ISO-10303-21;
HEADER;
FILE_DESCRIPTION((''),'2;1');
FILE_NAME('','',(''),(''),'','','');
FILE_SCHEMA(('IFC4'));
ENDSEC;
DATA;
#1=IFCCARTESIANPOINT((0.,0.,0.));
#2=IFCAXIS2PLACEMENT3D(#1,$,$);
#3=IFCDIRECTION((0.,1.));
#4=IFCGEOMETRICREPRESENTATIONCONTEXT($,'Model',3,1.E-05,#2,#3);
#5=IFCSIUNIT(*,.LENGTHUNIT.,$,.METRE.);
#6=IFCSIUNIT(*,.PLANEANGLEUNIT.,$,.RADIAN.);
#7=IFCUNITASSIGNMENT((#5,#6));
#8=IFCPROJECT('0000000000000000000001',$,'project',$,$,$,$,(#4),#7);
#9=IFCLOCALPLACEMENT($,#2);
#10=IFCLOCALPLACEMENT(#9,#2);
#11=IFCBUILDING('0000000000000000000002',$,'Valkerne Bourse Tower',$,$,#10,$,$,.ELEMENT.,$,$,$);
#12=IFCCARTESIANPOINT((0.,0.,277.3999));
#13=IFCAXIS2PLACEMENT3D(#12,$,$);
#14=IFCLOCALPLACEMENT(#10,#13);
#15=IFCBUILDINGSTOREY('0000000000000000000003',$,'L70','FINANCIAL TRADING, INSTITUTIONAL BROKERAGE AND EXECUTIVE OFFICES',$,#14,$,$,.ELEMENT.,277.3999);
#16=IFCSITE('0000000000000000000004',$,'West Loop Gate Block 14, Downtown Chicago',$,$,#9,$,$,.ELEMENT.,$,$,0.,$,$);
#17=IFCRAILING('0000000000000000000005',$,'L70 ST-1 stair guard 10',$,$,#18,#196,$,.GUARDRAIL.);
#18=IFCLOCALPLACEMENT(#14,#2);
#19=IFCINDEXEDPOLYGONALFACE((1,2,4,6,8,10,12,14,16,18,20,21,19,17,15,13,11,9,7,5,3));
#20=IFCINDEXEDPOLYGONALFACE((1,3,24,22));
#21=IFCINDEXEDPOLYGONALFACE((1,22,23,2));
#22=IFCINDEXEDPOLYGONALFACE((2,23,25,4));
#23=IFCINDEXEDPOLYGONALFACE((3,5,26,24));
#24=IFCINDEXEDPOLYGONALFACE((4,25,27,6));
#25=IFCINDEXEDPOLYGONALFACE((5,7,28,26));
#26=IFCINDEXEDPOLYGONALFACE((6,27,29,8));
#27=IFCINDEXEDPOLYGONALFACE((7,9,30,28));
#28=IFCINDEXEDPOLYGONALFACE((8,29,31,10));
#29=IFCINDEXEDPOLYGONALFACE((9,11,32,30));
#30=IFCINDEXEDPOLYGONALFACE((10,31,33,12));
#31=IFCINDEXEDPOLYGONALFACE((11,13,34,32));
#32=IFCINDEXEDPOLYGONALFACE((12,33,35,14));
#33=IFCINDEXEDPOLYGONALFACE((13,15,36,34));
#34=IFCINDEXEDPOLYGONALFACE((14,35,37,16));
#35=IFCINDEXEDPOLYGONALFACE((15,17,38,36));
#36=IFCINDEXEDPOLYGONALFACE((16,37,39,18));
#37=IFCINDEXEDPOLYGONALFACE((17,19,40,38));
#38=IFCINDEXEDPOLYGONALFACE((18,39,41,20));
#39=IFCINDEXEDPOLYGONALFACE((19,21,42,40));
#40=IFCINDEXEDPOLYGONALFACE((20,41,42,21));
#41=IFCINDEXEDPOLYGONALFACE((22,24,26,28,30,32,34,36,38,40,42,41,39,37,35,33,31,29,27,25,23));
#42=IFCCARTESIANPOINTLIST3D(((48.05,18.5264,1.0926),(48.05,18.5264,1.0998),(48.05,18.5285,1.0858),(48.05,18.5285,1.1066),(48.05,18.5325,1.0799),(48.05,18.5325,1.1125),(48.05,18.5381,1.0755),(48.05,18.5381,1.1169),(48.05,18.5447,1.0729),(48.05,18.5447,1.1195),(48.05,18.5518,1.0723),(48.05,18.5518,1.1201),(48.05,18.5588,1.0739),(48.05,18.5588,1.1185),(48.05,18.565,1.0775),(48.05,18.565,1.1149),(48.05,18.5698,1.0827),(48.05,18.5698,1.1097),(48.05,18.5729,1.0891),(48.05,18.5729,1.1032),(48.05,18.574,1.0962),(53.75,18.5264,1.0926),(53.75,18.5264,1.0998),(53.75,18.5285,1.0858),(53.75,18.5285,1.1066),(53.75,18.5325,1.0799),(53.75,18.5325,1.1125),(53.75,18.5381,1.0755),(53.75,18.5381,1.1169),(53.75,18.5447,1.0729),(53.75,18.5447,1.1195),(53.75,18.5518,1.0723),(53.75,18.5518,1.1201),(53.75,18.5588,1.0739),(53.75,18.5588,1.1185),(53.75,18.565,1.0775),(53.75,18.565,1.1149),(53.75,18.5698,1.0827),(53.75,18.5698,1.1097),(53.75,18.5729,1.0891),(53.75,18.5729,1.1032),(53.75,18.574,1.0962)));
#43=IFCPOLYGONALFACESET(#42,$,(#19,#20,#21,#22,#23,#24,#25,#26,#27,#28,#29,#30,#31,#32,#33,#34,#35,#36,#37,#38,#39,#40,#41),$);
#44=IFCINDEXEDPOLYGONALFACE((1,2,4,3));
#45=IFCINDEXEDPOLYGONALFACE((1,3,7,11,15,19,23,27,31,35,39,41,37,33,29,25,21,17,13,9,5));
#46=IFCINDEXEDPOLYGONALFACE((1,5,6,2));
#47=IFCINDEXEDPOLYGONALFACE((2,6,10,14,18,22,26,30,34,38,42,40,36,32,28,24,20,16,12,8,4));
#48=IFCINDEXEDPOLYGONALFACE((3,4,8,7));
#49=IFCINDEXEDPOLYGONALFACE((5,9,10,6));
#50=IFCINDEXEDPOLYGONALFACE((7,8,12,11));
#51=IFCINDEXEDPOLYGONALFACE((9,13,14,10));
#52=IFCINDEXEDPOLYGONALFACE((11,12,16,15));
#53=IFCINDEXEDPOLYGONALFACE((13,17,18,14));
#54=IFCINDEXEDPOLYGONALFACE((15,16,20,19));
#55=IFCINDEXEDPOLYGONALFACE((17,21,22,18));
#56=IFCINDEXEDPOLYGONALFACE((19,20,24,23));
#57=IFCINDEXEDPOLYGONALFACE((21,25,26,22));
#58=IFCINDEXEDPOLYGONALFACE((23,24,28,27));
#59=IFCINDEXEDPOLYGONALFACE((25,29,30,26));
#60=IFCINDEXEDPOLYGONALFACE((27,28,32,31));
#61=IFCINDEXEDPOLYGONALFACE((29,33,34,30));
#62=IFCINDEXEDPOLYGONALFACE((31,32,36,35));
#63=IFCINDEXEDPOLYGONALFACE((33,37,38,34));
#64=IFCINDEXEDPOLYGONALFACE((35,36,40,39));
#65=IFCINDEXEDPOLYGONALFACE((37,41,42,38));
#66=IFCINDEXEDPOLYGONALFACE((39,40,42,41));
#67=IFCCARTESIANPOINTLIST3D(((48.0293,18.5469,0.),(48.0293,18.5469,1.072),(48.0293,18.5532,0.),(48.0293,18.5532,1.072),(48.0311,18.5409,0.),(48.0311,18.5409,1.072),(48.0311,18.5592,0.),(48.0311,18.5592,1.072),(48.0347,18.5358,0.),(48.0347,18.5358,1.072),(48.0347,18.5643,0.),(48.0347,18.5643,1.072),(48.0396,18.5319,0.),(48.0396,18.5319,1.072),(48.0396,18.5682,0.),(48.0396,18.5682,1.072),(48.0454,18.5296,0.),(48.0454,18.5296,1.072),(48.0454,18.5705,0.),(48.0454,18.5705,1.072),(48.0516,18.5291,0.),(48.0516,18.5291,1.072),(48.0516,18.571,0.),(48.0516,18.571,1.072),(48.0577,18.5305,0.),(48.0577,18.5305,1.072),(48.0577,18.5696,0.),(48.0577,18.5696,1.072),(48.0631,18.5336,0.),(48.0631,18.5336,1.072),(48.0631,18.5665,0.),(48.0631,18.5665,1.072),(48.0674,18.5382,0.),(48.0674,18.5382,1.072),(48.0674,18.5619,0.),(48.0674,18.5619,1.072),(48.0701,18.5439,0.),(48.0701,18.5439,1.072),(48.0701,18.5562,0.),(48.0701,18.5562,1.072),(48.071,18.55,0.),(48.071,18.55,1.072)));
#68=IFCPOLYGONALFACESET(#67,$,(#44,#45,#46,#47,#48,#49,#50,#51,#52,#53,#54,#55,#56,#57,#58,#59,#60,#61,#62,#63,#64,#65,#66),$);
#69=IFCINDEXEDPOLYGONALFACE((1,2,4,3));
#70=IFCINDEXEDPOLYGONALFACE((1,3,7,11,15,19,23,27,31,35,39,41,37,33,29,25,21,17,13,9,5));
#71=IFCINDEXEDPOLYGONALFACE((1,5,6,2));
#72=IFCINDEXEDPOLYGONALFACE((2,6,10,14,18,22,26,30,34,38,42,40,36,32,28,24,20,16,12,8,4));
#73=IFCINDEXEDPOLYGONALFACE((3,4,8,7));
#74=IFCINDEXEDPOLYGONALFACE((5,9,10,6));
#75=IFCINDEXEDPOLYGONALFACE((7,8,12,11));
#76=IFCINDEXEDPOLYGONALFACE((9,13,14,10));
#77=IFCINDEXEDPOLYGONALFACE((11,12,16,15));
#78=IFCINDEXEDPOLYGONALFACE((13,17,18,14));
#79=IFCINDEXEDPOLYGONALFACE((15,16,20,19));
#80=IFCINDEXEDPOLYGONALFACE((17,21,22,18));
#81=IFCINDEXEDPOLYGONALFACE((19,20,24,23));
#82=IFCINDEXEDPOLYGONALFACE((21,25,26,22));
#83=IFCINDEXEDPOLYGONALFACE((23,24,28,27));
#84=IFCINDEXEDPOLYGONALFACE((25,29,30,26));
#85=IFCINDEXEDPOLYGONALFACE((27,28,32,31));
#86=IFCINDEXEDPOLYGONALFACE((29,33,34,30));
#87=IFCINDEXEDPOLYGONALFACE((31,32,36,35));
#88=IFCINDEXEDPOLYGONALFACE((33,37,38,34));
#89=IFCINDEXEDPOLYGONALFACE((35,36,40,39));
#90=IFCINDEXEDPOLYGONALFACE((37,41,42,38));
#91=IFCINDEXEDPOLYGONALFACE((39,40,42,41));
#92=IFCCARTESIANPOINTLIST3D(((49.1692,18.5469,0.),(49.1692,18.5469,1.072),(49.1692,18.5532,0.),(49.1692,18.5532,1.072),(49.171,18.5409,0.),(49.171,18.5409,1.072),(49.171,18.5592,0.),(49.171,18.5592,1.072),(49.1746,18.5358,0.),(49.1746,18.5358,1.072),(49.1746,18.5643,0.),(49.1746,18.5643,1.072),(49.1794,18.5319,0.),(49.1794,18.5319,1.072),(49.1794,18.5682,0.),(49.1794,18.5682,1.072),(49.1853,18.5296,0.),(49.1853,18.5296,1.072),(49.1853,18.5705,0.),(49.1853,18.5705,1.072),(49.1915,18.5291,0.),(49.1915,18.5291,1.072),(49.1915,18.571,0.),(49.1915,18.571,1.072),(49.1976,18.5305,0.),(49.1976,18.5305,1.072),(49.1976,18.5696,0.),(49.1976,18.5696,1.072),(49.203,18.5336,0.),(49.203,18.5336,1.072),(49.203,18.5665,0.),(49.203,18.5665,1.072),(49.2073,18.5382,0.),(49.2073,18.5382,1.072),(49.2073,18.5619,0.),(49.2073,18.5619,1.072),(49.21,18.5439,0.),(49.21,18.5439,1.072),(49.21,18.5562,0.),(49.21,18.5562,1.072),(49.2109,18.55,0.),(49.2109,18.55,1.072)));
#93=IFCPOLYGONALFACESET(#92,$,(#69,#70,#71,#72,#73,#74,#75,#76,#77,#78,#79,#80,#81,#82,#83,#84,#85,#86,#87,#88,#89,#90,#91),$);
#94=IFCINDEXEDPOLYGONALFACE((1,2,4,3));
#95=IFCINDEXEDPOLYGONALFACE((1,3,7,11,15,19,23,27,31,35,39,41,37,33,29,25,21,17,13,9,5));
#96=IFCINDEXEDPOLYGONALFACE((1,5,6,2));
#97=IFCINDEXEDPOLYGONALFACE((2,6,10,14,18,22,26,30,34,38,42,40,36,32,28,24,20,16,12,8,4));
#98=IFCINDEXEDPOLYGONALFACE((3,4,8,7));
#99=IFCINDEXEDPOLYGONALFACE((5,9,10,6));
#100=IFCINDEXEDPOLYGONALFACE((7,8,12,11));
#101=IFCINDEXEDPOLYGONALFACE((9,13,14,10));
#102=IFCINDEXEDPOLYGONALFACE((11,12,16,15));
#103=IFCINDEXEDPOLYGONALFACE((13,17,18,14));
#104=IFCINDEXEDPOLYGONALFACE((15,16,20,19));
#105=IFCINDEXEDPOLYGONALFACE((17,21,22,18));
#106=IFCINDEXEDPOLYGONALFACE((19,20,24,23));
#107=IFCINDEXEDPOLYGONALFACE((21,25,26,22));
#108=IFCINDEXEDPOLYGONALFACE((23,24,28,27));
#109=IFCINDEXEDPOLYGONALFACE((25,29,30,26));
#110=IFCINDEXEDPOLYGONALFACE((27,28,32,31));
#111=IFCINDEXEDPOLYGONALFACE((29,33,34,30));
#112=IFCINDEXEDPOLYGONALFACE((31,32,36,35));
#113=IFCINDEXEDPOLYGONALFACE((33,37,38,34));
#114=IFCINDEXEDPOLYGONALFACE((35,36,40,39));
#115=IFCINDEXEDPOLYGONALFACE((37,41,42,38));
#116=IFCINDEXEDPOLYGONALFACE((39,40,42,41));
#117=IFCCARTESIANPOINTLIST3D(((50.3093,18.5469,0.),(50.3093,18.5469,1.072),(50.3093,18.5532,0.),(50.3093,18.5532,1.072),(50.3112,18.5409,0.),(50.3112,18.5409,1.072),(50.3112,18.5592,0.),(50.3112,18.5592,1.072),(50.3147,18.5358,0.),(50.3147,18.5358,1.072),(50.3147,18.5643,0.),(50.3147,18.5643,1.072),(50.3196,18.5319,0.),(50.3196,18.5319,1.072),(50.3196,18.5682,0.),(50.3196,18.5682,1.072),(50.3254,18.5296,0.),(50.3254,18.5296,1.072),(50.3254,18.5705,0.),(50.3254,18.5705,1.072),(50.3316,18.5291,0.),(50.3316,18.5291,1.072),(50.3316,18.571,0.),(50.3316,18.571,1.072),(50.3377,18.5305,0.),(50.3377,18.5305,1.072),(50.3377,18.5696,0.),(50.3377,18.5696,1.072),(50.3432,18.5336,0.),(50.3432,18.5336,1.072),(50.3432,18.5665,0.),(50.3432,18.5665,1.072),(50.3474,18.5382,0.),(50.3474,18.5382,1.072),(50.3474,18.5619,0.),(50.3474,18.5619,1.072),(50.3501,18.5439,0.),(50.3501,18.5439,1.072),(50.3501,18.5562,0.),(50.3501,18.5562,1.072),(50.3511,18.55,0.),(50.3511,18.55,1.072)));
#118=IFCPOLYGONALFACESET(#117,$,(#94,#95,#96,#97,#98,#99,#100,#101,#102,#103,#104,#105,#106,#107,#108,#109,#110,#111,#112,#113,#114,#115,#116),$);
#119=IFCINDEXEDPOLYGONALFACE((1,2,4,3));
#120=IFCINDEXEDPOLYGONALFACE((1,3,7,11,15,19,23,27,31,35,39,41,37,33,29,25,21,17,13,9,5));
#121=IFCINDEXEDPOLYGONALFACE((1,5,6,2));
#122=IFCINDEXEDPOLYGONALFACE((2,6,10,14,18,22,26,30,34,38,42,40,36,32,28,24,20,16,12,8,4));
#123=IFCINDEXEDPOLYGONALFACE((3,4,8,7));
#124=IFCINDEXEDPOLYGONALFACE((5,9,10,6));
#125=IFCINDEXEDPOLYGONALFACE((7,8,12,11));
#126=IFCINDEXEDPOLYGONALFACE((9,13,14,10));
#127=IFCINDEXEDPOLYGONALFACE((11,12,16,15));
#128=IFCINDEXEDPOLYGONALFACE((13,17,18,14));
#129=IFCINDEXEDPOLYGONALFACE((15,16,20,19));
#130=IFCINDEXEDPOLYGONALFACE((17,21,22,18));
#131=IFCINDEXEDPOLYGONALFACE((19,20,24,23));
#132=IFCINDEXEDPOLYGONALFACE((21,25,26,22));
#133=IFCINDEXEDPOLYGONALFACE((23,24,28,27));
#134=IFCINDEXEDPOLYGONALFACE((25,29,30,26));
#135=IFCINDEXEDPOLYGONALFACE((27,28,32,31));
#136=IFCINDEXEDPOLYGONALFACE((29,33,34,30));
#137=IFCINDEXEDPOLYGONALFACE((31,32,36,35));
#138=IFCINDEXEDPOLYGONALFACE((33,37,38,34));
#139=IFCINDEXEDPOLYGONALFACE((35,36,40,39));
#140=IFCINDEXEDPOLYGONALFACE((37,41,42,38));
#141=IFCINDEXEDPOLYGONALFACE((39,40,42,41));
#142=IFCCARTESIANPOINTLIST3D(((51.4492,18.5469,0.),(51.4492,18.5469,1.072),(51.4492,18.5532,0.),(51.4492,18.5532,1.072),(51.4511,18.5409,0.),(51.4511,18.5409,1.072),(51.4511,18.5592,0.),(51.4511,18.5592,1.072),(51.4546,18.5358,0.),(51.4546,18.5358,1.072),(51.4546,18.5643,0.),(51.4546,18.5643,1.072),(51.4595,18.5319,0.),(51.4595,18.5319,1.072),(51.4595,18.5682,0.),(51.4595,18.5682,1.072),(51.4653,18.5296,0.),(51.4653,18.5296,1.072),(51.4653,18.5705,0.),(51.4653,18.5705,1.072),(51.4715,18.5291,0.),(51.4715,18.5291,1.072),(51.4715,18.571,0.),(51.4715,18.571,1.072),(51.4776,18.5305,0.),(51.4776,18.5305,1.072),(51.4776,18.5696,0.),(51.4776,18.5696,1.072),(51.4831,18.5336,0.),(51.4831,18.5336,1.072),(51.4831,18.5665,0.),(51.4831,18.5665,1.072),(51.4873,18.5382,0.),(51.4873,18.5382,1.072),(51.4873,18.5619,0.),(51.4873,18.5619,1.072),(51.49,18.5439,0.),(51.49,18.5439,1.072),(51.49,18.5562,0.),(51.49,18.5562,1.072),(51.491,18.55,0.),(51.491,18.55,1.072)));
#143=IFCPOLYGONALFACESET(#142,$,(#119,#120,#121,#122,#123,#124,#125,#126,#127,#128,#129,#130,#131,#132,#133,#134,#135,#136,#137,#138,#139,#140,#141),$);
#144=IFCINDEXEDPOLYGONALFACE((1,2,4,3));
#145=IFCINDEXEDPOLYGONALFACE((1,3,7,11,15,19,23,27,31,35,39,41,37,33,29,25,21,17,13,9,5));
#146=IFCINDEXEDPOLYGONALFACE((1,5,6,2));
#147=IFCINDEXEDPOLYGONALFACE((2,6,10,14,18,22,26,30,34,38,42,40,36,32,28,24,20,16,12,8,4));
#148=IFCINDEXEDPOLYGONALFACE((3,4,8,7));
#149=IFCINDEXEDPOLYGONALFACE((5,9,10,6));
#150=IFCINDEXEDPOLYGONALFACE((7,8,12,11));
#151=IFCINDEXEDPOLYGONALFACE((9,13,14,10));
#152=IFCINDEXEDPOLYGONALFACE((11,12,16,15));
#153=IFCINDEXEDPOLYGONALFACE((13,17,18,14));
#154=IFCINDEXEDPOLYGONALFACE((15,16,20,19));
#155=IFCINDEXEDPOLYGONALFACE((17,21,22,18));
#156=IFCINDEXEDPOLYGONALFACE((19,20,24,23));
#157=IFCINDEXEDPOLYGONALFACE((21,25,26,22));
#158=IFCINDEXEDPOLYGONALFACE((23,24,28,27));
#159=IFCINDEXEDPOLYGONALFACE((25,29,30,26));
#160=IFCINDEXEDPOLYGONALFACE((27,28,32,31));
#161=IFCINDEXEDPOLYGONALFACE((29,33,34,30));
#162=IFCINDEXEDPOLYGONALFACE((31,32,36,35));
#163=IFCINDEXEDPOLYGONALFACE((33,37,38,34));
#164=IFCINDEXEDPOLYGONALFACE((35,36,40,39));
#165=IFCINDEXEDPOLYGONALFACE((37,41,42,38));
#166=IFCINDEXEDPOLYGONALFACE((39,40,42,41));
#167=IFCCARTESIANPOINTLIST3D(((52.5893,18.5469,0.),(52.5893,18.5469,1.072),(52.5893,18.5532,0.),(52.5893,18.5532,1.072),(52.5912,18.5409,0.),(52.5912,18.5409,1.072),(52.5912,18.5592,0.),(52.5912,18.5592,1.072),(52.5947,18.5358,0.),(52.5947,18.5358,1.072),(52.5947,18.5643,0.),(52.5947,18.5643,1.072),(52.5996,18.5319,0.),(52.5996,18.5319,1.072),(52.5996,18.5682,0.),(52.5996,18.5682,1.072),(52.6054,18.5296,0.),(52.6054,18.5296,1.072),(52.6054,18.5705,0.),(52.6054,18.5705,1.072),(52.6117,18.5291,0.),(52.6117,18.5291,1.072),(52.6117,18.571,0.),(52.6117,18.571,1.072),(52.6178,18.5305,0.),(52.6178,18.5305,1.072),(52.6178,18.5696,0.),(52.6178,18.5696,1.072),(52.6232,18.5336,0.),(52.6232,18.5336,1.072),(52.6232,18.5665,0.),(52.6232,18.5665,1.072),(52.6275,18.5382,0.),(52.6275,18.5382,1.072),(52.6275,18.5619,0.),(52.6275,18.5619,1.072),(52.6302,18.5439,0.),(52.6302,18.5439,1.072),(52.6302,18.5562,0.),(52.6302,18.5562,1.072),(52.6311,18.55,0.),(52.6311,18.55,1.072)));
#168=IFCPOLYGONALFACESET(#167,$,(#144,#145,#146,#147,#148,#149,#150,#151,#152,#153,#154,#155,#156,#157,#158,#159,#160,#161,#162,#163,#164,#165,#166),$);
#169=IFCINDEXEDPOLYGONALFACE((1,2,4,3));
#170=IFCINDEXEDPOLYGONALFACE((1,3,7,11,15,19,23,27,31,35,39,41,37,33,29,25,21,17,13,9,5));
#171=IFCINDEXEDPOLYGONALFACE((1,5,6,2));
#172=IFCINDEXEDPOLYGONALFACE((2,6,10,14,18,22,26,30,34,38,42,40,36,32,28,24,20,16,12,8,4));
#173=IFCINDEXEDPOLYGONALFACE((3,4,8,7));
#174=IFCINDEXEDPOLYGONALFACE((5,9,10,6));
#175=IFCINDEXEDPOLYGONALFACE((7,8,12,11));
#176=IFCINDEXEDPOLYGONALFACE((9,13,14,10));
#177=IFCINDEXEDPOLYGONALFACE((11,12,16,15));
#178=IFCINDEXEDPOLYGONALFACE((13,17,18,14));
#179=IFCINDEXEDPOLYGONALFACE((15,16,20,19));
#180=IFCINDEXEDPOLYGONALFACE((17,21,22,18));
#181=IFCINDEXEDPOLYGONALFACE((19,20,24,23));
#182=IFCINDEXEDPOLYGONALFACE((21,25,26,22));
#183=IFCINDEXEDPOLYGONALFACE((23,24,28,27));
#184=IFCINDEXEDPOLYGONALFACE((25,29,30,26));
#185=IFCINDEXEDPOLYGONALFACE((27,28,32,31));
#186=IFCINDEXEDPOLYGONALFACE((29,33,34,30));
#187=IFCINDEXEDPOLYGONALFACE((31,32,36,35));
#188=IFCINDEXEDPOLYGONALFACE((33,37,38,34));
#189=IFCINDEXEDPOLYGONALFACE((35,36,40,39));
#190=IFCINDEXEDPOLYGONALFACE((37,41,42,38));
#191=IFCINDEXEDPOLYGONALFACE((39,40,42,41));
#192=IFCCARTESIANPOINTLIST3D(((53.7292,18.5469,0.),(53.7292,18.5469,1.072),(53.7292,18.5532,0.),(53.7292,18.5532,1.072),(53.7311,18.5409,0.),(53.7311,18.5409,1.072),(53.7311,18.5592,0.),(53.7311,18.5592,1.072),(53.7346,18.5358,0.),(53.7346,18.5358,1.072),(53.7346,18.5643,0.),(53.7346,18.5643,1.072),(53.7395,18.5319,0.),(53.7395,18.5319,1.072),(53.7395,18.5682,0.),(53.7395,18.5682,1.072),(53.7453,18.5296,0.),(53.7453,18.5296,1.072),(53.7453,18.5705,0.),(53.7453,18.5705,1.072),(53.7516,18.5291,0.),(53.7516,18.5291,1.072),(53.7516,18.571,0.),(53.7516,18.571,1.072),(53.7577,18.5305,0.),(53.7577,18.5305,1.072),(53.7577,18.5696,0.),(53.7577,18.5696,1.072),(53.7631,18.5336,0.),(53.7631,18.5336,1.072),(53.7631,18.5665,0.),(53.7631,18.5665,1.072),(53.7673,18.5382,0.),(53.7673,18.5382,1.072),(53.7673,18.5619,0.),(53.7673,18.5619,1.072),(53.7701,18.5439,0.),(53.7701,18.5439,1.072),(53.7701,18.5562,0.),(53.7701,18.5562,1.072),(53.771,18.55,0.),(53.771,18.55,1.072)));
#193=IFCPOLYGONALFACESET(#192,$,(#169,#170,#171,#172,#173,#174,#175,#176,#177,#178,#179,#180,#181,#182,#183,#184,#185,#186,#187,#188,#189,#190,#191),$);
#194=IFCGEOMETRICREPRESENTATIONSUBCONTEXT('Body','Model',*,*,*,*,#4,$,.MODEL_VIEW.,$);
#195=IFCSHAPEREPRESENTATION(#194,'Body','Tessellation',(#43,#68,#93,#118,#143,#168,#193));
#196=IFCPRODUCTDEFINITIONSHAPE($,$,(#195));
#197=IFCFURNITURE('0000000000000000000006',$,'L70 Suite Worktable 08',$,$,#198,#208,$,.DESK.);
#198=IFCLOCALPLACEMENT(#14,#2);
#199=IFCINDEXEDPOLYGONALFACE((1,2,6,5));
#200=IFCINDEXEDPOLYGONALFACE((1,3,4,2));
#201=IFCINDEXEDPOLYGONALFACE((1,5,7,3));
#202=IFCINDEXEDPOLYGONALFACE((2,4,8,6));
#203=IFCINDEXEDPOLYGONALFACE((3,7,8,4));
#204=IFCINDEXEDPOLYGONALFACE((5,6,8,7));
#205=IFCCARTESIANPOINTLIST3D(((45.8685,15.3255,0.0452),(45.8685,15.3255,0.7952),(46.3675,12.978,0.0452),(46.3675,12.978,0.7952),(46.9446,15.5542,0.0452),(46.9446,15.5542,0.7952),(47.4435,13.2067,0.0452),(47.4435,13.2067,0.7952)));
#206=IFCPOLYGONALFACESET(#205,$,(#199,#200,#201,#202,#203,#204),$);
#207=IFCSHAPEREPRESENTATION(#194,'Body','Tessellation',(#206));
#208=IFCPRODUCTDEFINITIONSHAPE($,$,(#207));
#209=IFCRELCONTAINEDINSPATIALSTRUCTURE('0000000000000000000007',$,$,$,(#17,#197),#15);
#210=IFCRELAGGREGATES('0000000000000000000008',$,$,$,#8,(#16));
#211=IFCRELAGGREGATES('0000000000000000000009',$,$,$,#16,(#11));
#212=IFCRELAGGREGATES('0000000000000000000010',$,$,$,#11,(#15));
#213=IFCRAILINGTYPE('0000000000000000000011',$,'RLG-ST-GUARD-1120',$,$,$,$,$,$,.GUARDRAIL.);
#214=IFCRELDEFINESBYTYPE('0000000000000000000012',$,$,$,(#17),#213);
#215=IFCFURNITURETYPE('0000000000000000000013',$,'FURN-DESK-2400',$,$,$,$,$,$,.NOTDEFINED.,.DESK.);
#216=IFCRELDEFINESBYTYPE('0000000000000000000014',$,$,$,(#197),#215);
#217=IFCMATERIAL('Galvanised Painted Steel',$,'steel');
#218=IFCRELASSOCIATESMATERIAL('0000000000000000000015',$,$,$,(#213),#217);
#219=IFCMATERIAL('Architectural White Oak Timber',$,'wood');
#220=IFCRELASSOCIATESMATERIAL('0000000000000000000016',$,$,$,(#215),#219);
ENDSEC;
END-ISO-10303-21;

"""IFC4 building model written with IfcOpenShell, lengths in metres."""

from ifc_helpers import new_model, si_unit, direction, frame, origin, origin_2d, place, context, subcontext, project, spatial, rectangle, circle, extrude, material, type_object, element, save


model = new_model("IFC4")

# Units and contexts
model_context = context("Model", 3, precision=1e-05, world=origin(), true_north=direction((0.0, 1.0)))
body_context = subcontext(model_context, "Body", "Model", "MODEL_VIEW")
ifc_project = project(units=[si_unit("LENGTHUNIT", "METRE"), si_unit("PLANEANGLEUNIT", "RADIAN")], contexts=[model_context])

# Site, building, storey
site_placement = place(None, origin())
site = spatial("IfcSite", under=ifc_project, at=site_placement, Name="West Loop Gate Block 14, Downtown Chicago", CompositionType="ELEMENT", RefElevation=0.0)
building_placement = place(site_placement, origin())
building = spatial("IfcBuilding", under=site, at=building_placement, Name="Valkerne Bourse Tower", CompositionType="ELEMENT")
storey_placement = place(building_placement, frame((0.0, 0.0, 277.3999)))
storey = spatial("IfcBuildingStorey", under=building, at=storey_placement, Name="L70", Description="FINANCIAL TRADING, INSTITUTIONAL BROKERAGE AND EXECUTIVE OFFICES", CompositionType="ELEMENT", Elevation=277.3999)

# Railing
ifc_material_1 = material(Name="Galvanised Painted Steel", Category="steel")
railing_type = type_object("IfcRailingType", Name="RLG-ST-GUARD-1120", PredefinedType="GUARDRAIL", material=ifc_material_1)
railing_placement = place(storey_placement, frame((48.05, 18.55, 0.0)))
element("IfcRailing", 1, at=railing_placement, inside=storey, type_object=railing_type, Name="L70 ST-1 stair guard 10", PredefinedType="GUARDRAIL", context=body_context, shape_type="SweptSolid", body=[
    extrude(circle(Radius=0.0239, at=origin_2d()), frame((0.0, 0.0, 1.0962), z_axis=(1.0, 0.0, 0.0), x_axis=(0.0, 1.0, 0.0)), (0.0, 0.0, 1.0), 5.7),
    extrude(circle(Radius=0.021, at=origin_2d()), origin(), (0.0, 0.0, 1.0), 1.072),
    extrude(circle(Radius=0.021, at=origin_2d()), frame((1.1399, 0.0, 0.0)), (0.0, 0.0, 1.0), 1.072),
    extrude(circle(Radius=0.021, at=origin_2d()), frame((2.28, 0.0, 0.0)), (0.0, 0.0, 1.0), 1.072),
    extrude(circle(Radius=0.021, at=origin_2d()), frame((3.4199, 0.0, 0.0)), (0.0, 0.0, 1.0), 1.072),
    extrude(circle(Radius=0.021, at=origin_2d()), frame((4.5601, 0.0, 0.0)), (0.0, 0.0, 1.0), 1.072),
    extrude(circle(Radius=0.021, at=origin_2d()), frame((5.7, 0.0, 0.0)), (0.0, 0.0, 1.0), 1.072),
])

# Furniture
ifc_material_2 = material(Name="Architectural White Oak Timber", Category="wood")
furniture_type = type_object("IfcFurnitureType", Name="FURN-DESK-2400", AssemblyPlace="NOTDEFINED", PredefinedType="DESK", material=ifc_material_2)
furniture_placement = place(storey_placement, frame((46.656, 14.2661, 0.0452), z_axis=(0.0, 0.0, 1.0), x_axis=(-0.207912, 0.978148, 0.0)))
element("IfcFurniture", 2, at=furniture_placement, inside=storey, type_object=furniture_type, Name="L70 Suite Worktable 08", PredefinedType="DESK", context=body_context, shape_type="SweptSolid", body=[
    extrude(rectangle(XDim=2.3999, YDim=1.1001, at=origin_2d()), origin(), (0.0, 0.0, 1.0), 0.75),
])

save(model, "model.ifc")
